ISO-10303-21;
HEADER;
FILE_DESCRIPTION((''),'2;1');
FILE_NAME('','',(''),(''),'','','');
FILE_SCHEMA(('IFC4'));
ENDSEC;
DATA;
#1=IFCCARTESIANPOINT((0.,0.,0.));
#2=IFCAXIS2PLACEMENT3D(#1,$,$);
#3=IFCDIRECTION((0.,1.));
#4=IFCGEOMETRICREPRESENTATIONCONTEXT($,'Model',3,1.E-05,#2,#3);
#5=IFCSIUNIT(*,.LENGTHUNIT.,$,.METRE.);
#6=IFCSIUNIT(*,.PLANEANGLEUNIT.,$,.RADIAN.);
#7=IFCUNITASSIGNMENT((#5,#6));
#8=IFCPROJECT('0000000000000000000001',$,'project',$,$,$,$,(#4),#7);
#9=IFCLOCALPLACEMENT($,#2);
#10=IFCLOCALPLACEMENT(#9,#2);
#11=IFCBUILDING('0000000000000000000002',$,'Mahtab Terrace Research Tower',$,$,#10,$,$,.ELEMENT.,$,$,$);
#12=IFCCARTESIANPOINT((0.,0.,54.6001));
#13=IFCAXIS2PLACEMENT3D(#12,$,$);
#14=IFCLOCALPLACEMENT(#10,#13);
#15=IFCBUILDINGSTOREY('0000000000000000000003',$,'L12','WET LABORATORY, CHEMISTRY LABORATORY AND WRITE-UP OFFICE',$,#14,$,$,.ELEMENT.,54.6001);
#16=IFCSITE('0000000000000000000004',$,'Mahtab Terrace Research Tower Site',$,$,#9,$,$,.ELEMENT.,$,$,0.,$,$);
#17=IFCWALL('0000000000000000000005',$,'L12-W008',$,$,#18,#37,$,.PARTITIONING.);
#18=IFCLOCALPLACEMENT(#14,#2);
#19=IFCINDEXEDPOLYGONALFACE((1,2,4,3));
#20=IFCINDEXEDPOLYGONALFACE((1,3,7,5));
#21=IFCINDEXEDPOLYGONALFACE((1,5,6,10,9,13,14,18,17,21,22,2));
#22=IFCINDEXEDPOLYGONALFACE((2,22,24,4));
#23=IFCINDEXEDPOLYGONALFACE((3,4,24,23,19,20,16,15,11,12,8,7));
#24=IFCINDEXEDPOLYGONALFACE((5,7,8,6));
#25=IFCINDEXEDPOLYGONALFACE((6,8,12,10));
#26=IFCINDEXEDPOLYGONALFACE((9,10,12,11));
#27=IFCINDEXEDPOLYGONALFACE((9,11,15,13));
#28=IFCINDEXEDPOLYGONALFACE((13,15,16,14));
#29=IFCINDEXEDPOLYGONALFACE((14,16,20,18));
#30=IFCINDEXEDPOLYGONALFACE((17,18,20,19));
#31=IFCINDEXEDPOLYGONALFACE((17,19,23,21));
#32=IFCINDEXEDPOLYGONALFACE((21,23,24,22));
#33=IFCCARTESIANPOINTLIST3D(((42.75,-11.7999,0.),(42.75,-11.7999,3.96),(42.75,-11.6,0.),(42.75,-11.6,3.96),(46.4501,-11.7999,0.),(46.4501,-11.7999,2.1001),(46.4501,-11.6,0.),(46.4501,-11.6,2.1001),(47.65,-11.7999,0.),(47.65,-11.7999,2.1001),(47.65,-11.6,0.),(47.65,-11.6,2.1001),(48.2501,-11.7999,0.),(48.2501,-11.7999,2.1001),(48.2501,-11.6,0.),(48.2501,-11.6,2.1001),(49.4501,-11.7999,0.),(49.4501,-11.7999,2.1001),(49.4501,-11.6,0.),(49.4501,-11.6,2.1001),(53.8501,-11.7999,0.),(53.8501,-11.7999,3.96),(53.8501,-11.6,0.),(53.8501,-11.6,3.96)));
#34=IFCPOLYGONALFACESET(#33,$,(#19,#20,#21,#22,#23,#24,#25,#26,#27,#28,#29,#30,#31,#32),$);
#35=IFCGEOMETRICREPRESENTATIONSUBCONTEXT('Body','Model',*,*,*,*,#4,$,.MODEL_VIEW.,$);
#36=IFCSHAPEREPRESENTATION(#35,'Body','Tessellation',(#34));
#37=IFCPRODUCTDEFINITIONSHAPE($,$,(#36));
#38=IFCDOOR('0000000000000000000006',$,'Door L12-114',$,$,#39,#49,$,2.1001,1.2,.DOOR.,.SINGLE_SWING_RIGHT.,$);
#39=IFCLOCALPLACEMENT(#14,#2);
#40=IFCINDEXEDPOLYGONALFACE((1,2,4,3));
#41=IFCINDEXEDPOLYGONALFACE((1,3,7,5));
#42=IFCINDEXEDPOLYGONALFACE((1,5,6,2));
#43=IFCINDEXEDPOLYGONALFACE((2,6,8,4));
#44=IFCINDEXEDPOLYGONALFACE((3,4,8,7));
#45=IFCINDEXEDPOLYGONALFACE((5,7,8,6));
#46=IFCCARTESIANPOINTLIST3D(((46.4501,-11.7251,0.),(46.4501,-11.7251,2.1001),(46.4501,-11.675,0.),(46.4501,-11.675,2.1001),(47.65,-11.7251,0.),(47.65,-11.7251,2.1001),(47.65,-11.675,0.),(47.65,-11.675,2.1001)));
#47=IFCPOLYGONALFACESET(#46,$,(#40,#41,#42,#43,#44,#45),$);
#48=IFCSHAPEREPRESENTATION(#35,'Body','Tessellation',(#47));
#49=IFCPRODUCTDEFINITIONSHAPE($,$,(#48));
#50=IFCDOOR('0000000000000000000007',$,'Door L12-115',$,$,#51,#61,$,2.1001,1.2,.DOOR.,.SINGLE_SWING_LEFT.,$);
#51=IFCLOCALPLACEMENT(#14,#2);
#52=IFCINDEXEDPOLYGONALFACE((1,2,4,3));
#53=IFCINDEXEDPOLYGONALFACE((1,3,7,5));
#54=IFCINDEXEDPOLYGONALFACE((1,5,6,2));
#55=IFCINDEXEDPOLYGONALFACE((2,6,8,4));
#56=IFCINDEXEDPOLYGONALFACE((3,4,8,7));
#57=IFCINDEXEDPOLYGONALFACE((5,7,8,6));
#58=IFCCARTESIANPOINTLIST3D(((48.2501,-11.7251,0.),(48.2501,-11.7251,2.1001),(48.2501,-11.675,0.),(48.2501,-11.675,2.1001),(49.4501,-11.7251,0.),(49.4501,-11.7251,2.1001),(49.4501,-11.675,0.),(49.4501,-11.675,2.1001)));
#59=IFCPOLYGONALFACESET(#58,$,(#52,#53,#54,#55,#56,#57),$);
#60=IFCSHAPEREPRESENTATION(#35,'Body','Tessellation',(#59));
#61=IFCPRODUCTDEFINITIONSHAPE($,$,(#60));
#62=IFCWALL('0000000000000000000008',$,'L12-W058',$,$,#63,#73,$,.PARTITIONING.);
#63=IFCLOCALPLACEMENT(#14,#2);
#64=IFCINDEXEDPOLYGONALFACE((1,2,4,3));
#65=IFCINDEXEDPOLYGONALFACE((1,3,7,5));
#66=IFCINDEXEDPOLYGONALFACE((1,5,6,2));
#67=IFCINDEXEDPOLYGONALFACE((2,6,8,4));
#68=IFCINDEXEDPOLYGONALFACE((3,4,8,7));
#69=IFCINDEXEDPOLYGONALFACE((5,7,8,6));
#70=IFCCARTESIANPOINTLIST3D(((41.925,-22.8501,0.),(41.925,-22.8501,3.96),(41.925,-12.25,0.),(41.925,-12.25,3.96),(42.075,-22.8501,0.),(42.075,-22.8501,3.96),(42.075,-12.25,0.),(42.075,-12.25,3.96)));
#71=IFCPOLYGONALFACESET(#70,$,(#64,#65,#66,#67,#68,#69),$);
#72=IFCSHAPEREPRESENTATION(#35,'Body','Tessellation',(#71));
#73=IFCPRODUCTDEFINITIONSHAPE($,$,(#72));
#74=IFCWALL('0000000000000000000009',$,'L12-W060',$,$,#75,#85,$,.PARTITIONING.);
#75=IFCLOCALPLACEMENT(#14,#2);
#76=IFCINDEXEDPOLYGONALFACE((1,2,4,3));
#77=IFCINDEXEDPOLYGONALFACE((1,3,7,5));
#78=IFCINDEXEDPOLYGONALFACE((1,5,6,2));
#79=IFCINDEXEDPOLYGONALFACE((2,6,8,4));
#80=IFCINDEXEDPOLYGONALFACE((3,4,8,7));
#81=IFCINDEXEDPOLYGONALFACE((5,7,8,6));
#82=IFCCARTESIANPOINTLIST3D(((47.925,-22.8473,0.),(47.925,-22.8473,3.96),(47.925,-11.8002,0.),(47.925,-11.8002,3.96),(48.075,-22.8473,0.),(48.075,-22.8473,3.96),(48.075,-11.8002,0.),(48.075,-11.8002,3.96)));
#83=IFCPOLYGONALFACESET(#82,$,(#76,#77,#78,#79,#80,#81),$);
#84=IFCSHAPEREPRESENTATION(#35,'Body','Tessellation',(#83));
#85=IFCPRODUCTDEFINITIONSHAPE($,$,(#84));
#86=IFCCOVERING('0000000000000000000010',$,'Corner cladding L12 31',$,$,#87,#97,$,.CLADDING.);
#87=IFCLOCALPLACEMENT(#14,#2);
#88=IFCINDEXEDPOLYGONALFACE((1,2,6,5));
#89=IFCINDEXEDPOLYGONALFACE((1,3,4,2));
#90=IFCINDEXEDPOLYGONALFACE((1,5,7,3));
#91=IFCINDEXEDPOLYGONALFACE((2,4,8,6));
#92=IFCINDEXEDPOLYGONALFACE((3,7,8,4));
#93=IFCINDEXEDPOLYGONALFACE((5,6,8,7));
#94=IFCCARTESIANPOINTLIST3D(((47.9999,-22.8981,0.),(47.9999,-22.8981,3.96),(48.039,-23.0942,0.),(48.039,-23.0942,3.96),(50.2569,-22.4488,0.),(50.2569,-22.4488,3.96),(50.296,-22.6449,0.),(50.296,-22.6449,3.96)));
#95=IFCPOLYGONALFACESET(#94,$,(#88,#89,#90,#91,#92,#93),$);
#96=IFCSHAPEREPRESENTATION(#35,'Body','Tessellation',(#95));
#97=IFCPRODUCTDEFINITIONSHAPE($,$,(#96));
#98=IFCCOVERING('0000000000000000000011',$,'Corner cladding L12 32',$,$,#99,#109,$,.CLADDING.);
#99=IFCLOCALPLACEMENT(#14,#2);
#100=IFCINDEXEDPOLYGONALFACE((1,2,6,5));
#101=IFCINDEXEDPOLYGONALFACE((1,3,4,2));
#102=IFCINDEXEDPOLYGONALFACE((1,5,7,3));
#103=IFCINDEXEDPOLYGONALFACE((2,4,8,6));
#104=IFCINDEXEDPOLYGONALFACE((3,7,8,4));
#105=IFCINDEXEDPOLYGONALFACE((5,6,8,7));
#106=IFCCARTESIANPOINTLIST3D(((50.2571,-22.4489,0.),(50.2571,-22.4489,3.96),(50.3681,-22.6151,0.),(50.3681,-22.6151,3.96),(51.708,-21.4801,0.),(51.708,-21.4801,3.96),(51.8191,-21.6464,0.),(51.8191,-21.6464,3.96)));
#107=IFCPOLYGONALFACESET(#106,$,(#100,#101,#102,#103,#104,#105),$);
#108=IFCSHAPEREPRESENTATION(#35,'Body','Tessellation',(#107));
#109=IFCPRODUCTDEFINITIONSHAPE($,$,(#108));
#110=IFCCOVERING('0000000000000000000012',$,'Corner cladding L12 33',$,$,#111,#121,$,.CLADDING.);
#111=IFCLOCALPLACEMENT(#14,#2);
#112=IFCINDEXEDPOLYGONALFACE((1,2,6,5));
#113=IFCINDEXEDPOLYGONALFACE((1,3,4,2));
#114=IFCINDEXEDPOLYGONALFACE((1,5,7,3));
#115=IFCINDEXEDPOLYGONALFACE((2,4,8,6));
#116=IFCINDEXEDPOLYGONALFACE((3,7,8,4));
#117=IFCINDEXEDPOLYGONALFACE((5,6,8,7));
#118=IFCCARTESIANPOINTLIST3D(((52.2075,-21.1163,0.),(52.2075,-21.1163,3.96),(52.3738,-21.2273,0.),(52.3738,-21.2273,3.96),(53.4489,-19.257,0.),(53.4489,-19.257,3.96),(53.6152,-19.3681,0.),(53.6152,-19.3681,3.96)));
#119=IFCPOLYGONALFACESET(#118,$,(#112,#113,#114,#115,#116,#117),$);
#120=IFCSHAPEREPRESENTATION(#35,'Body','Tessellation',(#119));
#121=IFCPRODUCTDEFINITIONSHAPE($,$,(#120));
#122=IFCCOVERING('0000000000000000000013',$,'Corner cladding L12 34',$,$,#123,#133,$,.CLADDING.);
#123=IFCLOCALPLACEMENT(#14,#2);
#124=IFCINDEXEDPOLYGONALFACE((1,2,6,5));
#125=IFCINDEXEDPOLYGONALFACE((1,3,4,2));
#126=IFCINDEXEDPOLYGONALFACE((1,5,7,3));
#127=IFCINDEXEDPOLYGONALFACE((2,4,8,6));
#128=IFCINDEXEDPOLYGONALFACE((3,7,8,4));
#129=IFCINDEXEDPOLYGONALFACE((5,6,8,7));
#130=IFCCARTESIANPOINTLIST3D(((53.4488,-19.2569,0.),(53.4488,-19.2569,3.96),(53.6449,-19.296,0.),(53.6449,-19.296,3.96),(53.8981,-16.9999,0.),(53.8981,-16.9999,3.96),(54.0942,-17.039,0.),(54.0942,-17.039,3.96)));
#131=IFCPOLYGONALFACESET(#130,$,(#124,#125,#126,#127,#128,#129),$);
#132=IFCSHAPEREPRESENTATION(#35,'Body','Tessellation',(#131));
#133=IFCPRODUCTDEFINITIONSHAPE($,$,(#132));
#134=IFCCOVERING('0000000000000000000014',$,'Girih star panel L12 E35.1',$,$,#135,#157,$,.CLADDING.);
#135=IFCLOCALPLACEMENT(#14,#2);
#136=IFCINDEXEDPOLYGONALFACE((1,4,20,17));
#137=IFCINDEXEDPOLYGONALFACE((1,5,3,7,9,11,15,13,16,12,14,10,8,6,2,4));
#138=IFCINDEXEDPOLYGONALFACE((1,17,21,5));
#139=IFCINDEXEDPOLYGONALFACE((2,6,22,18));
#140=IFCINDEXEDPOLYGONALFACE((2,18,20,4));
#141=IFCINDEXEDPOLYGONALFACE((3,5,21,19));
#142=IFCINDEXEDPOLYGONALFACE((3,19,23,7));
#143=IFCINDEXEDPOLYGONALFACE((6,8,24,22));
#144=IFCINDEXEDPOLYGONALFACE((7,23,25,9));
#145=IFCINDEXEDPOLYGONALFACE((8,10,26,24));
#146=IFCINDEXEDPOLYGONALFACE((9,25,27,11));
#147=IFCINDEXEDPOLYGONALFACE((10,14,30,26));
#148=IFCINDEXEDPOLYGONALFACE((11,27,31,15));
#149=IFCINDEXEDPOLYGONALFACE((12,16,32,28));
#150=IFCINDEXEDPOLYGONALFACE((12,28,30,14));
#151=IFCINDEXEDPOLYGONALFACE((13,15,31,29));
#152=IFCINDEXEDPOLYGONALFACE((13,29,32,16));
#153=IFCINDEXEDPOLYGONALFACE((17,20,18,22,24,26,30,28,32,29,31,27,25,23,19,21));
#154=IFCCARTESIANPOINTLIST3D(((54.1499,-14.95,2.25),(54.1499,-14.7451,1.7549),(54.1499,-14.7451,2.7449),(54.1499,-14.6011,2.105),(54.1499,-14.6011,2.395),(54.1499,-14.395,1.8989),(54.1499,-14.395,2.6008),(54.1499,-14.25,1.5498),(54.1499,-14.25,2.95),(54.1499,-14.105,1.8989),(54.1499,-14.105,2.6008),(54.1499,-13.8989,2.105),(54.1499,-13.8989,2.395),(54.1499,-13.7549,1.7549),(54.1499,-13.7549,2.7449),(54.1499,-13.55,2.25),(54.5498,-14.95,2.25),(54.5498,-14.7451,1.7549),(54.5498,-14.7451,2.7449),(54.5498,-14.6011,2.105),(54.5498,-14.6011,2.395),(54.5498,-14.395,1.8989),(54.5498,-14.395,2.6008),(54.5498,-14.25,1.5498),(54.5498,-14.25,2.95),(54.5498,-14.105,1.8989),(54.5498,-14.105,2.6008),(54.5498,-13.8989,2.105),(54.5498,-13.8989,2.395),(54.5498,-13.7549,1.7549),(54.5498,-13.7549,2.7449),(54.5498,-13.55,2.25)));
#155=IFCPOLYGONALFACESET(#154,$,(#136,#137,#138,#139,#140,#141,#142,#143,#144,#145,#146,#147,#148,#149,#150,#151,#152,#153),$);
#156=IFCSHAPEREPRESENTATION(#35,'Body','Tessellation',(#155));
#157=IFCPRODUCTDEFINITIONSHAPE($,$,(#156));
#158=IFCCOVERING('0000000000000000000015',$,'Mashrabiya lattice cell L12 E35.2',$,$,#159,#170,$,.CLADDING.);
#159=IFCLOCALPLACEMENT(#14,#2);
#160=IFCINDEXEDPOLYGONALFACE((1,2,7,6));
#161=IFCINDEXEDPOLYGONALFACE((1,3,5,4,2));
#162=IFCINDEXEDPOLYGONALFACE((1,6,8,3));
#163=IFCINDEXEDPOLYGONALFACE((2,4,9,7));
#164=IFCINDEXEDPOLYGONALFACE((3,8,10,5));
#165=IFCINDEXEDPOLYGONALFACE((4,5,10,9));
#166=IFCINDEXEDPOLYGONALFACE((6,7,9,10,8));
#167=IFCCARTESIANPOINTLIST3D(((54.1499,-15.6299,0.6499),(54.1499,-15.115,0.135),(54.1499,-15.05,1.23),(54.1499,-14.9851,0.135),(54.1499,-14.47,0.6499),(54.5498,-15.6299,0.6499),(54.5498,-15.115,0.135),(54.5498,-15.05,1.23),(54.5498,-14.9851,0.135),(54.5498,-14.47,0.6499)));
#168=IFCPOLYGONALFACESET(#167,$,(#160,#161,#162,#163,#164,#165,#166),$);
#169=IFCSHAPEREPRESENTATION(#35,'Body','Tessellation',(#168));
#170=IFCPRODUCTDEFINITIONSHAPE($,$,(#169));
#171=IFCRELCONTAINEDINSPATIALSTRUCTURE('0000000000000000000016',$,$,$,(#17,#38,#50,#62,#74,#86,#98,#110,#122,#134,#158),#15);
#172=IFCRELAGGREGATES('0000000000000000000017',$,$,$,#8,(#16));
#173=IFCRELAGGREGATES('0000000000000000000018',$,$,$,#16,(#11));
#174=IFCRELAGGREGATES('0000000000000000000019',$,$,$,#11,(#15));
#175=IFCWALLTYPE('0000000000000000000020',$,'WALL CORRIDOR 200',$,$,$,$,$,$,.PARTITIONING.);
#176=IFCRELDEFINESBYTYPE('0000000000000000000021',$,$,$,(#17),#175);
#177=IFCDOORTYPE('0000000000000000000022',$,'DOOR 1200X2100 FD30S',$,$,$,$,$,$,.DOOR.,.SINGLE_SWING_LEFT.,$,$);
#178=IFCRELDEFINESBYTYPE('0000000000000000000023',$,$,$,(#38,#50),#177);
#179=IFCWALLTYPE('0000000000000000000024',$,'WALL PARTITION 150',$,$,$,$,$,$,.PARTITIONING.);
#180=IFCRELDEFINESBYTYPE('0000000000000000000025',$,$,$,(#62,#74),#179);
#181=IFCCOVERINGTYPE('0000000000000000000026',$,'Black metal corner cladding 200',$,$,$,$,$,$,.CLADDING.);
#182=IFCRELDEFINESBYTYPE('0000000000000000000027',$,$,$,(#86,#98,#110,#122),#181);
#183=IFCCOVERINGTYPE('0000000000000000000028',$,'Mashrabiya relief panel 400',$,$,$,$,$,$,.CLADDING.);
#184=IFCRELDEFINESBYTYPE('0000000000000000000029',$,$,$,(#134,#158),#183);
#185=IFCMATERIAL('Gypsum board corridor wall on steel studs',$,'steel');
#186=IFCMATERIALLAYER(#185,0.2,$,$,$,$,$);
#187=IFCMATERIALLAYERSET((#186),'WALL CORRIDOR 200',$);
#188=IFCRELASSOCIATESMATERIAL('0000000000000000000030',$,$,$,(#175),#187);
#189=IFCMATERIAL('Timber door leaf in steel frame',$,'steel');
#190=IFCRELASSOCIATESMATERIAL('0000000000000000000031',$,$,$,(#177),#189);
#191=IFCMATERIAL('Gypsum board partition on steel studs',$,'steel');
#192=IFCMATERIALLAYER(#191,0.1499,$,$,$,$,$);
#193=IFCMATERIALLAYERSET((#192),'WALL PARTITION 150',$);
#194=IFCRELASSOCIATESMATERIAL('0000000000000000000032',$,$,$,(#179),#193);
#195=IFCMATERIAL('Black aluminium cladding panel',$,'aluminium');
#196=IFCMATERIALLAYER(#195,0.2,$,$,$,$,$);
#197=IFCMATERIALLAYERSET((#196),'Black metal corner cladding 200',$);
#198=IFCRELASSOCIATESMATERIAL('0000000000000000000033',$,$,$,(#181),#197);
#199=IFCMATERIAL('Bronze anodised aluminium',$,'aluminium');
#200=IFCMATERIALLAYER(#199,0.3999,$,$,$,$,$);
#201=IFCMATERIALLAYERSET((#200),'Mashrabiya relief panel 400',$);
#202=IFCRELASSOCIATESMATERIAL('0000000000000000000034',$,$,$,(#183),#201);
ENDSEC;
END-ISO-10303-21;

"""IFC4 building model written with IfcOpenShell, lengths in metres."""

from ifc_helpers import new_model, si_unit, direction, frame, frame_2d, origin, origin_2d, place, context, subcontext, project, spatial, polyline, rectangle, outline, extrude, material, layer, layer_set, type_object, element, fill, save


model = new_model("IFC4")

# Units and contexts
model_context = context("Model", 3, precision=1e-05, world=origin(), true_north=direction((0.0, 1.0)))
body_context = subcontext(model_context, "Body", "Model", "MODEL_VIEW")
ifc_project = project(units=[si_unit("LENGTHUNIT", "METRE"), si_unit("PLANEANGLEUNIT", "RADIAN")], contexts=[model_context])

# Site, building, storey
site_placement = place(None, origin())
site = spatial("IfcSite", under=ifc_project, at=site_placement, Name="Mahtab Terrace Research Tower Site", CompositionType="ELEMENT", RefElevation=0.0)
building_placement = place(site_placement, origin())
building = spatial("IfcBuilding", under=site, at=building_placement, Name="Mahtab Terrace Research Tower", CompositionType="ELEMENT")
storey_placement = place(building_placement, frame((0.0, 0.0, 54.6001)))
storey = spatial("IfcBuildingStorey", under=building, at=storey_placement, Name="L12", Description="WET LABORATORY, CHEMISTRY LABORATORY AND WRITE-UP OFFICE", CompositionType="ELEMENT", Elevation=54.6001)

# Shared definitions
ifc_material_1 = material(Name="Black aluminium cladding panel", Category="aluminium")

# Wall, openings, doors
ifc_material_2 = material(Name="Gypsum board corridor wall on steel studs", Category="steel")
ifc_layer_1 = layer(ifc_material_2, 0.2)
ifc_layer_set_1 = layer_set([ifc_layer_1], Name="WALL CORRIDOR 200")
wall_type_1 = type_object("IfcWallType", Name="WALL CORRIDOR 200", PredefinedType="PARTITIONING", material=ifc_layer_set_1)
wall_1_placement = place(storey_placement, frame((42.75, -11.7, 0.0), z_axis=(0.0, 0.0, 1.0), x_axis=(1.0, 0.0, 0.0)))
wall_1 = element("IfcWall", 1, at=wall_1_placement, inside=storey, type_object=wall_type_1, Name="L12-W008", PredefinedType="PARTITIONING", context=body_context, shape_type="SweptSolid", body=[
    extrude(rectangle(XDim=11.1001, YDim=0.2, at=frame_2d((5.55, 0.0))), origin(), (0.0, 0.0, 1.0), 3.96),
])
opening_1_placement = place(wall_1_placement, frame((3.7, 0.0, 0.0)))
opening_1 = element("IfcOpeningElement", 2, at=opening_1_placement, cuts=wall_1, PredefinedType="OPENING", context=body_context, shape_type="SweptSolid", body=[
    extrude(rectangle(XDim=1.2, YDim=2.1001, at=frame_2d((0.6001, 1.05))), frame((0.0, 0.1099, 0.0), z_axis=(0.0, -1.0, 0.0), x_axis=(1.0, 0.0, 0.0)), (0.0, 0.0, 1.0), 0.22),
])
opening_2_placement = place(wall_1_placement, frame((5.5, 0.0, 0.0)))
opening_2 = element("IfcOpeningElement", 3, at=opening_2_placement, cuts=wall_1, PredefinedType="OPENING", context=body_context, shape_type="SweptSolid", body=[
    extrude(rectangle(XDim=1.2, YDim=2.1001, at=frame_2d((0.6001, 1.05))), frame((0.0, 0.1099, 0.0), z_axis=(0.0, -1.0, 0.0), x_axis=(1.0, 0.0, 0.0)), (0.0, 0.0, 1.0), 0.22),
])
ifc_material_3 = material(Name="Timber door leaf in steel frame", Category="steel")
door_type = type_object("IfcDoorType", Name="DOOR 1200X2100 FD30S", OperationType="SINGLE_SWING_LEFT", PredefinedType="DOOR", material=ifc_material_3)
door_1_placement = place(opening_1_placement, origin())
door_1 = element("IfcDoor", 4, at=door_1_placement, inside=storey, type_object=door_type, Name="Door L12-114", OperationType="SINGLE_SWING_RIGHT", OverallHeight=2.1001, OverallWidth=1.2, PredefinedType="DOOR", context=body_context, shape_type="SweptSolid", body=[
    extrude(rectangle(XDim=1.2, YDim=2.1001, at=frame_2d((0.6001, 1.05))), frame((0.0, 0.0249, 0.0), z_axis=(0.0, -1.0, 0.0), x_axis=(1.0, 0.0, 0.0)), (0.0, 0.0, 1.0), 0.05),
])
fill(opening_1, door_1)
door_2_placement = place(opening_2_placement, origin())
door_2 = element("IfcDoor", 5, at=door_2_placement, inside=storey, type_object=door_type, Name="Door L12-115", OperationType="SINGLE_SWING_LEFT", OverallHeight=2.1001, OverallWidth=1.2, PredefinedType="DOOR", context=body_context, shape_type="SweptSolid", body=[
    extrude(rectangle(XDim=1.2, YDim=2.1001, at=frame_2d((0.6001, 1.05))), frame((0.0, 0.0249, 0.0), z_axis=(0.0, -1.0, 0.0), x_axis=(1.0, 0.0, 0.0)), (0.0, 0.0, 1.0), 0.05),
])
fill(opening_2, door_2)

# Walls
ifc_material_4 = material(Name="Gypsum board partition on steel studs", Category="steel")
ifc_layer_2 = layer(ifc_material_4, 0.1499)
ifc_layer_set_2 = layer_set([ifc_layer_2], Name="WALL PARTITION 150")
wall_type_2 = type_object("IfcWallType", Name="WALL PARTITION 150", PredefinedType="PARTITIONING", material=ifc_layer_set_2)
wall_2_placement = place(storey_placement, frame((42.0, -22.8501, 0.0), z_axis=(0.0, 0.0, 1.0), x_axis=(0.0, 1.0, 0.0)))
element("IfcWall", 6, at=wall_2_placement, inside=storey, type_object=wall_type_2, Name="L12-W058", PredefinedType="PARTITIONING", context=body_context, shape_type="SweptSolid", body=[
    extrude(rectangle(XDim=10.6001, YDim=0.1499, at=frame_2d((5.3, 0.0))), origin(), (0.0, 0.0, 1.0), 3.96),
])
wall_3_placement = place(storey_placement, frame((48.0, -22.8472, 0.0), z_axis=(0.0, 0.0, 1.0), x_axis=(0.0, 1.0, 0.0)))
element("IfcWall", 7, at=wall_3_placement, inside=storey, type_object=wall_type_2, Name="L12-W060", PredefinedType="PARTITIONING", context=body_context, shape_type="SweptSolid", body=[
    extrude(rectangle(XDim=11.0471, YDim=0.1499, at=frame_2d((5.5234, 0.0))), origin(), (0.0, 0.0, 1.0), 3.96),
])

# Coverings
ifc_layer_3 = layer(ifc_material_1, 0.2)
ifc_layer_set_3 = layer_set([ifc_layer_3], Name="Black metal corner cladding 200")
covering_type_1 = type_object("IfcCoveringType", Name="Black metal corner cladding 200", PredefinedType="CLADDING", material=ifc_layer_set_3)
covering_1_placement = place(storey_placement, frame((49.1479, -22.7715, 0.0), z_axis=(0.0, 0.0, 1.0), x_axis=(0.980761, 0.195212, 0.0)))
element("IfcCovering", 8, at=covering_1_placement, inside=storey, type_object=covering_type_1, Name="Corner cladding L12 31", PredefinedType="CLADDING", context=body_context, shape_type="SweptSolid", body=[
    extrude(rectangle(XDim=2.3013, YDim=0.2, at=origin_2d()), origin(), (0.0, 0.0, 1.0), 3.96),
])
covering_2_placement = place(storey_placement, frame((51.0381, -22.0476, 0.0), z_axis=(0.0, 0.0, 1.0), x_axis=(0.831656, 0.555291, 0.0)))
element("IfcCovering", 9, at=covering_2_placement, inside=storey, type_object=covering_type_1, Name="Corner cladding L12 32", PredefinedType="CLADDING", context=body_context, shape_type="SweptSolid", body=[
    extrude(rectangle(XDim=1.7446, YDim=0.2, at=origin_2d()), origin(), (0.0, 0.0, 1.0), 3.96),
])
covering_3_placement = place(storey_placement, frame((52.9114, -20.2422, 0.0), z_axis=(0.0, 0.0, 1.0), x_axis=(0.555291, 0.831656, 0.0)))
element("IfcCovering", 10, at=covering_3_placement, inside=storey, type_object=covering_type_1, Name="Corner cladding L12 33", PredefinedType="CLADDING", context=body_context, shape_type="SweptSolid", body=[
    extrude(rectangle(XDim=2.2356, YDim=0.2, at=origin_2d()), origin(), (0.0, 0.0, 1.0), 3.96),
])
covering_4_placement = place(storey_placement, frame((53.7715, -18.1479, 0.0), z_axis=(0.0, 0.0, 1.0), x_axis=(0.195212, 0.980761, 0.0)))
element("IfcCovering", 11, at=covering_4_placement, inside=storey, type_object=covering_type_1, Name="Corner cladding L12 34", PredefinedType="CLADDING", context=body_context, shape_type="SweptSolid", body=[
    extrude(rectangle(XDim=2.3013, YDim=0.2, at=origin_2d()), origin(), (0.0, 0.0, 1.0), 3.96),
])
ifc_material_5 = material(Name="Bronze anodised aluminium", Category="aluminium")
ifc_layer_4 = layer(ifc_material_5, 0.3999)
ifc_layer_set_4 = layer_set([ifc_layer_4], Name="Mashrabiya relief panel 400")
covering_type_2 = type_object("IfcCoveringType", Name="Mashrabiya relief panel 400", PredefinedType="CLADDING", material=ifc_layer_set_4)
covering_5_placement = place(storey_placement, frame((54.1499, -14.105, 2.6008), z_axis=(-1.0, 0.0, 0.0), x_axis=(0.0, 0.924785, 0.38049)))
element("IfcCovering", 12, at=covering_5_placement, inside=storey, type_object=covering_type_2, Name="Girih star panel L12 E35.1", PredefinedType="CLADDING", context=body_context, shape_type="SweptSolid", body=[
    extrude(outline(polyline([(0.0, 0.0), (0.3786, 0.0), (0.1122, 0.2687), (0.3797, 0.5356), (0.0019, 0.537), (0.0019, 0.9155), (-0.2671, 0.6491), (-0.534, 0.9168), (-0.5353, 0.5388), (-0.9139, 0.5388), (-0.6474, 0.2698), (-0.9149, 0.0029), (-0.5371, 0.0016), (-0.5372, -0.3768), (-0.2682, -0.1104), (-0.0013, -0.378), (0.0, 0.0)])), origin(), (0.0, 0.0, -1.0), 0.3999),
])
covering_6_placement = place(storey_placement, frame((54.1499, -15.6299, 0.6499), z_axis=(-1.0, 0.0, 0.0), x_axis=(0.0, 0.706958, 0.707256)))
element("IfcCovering", 13, at=covering_6_placement, inside=storey, type_object=covering_type_2, Name="Mashrabiya lattice cell L12 E35.2", PredefinedType="CLADDING", context=body_context, shape_type="SweptSolid", body=[
    extrude(outline(polyline([(0.0, 0.0), (0.8202, 0.0), (0.82, 0.8204), (0.0917, 0.82), (-0.0002, 0.7282), (0.0, 0.0)])), origin(), (0.0, 0.0, -1.0), 0.3999),
])

save(model, "model.ifc")
